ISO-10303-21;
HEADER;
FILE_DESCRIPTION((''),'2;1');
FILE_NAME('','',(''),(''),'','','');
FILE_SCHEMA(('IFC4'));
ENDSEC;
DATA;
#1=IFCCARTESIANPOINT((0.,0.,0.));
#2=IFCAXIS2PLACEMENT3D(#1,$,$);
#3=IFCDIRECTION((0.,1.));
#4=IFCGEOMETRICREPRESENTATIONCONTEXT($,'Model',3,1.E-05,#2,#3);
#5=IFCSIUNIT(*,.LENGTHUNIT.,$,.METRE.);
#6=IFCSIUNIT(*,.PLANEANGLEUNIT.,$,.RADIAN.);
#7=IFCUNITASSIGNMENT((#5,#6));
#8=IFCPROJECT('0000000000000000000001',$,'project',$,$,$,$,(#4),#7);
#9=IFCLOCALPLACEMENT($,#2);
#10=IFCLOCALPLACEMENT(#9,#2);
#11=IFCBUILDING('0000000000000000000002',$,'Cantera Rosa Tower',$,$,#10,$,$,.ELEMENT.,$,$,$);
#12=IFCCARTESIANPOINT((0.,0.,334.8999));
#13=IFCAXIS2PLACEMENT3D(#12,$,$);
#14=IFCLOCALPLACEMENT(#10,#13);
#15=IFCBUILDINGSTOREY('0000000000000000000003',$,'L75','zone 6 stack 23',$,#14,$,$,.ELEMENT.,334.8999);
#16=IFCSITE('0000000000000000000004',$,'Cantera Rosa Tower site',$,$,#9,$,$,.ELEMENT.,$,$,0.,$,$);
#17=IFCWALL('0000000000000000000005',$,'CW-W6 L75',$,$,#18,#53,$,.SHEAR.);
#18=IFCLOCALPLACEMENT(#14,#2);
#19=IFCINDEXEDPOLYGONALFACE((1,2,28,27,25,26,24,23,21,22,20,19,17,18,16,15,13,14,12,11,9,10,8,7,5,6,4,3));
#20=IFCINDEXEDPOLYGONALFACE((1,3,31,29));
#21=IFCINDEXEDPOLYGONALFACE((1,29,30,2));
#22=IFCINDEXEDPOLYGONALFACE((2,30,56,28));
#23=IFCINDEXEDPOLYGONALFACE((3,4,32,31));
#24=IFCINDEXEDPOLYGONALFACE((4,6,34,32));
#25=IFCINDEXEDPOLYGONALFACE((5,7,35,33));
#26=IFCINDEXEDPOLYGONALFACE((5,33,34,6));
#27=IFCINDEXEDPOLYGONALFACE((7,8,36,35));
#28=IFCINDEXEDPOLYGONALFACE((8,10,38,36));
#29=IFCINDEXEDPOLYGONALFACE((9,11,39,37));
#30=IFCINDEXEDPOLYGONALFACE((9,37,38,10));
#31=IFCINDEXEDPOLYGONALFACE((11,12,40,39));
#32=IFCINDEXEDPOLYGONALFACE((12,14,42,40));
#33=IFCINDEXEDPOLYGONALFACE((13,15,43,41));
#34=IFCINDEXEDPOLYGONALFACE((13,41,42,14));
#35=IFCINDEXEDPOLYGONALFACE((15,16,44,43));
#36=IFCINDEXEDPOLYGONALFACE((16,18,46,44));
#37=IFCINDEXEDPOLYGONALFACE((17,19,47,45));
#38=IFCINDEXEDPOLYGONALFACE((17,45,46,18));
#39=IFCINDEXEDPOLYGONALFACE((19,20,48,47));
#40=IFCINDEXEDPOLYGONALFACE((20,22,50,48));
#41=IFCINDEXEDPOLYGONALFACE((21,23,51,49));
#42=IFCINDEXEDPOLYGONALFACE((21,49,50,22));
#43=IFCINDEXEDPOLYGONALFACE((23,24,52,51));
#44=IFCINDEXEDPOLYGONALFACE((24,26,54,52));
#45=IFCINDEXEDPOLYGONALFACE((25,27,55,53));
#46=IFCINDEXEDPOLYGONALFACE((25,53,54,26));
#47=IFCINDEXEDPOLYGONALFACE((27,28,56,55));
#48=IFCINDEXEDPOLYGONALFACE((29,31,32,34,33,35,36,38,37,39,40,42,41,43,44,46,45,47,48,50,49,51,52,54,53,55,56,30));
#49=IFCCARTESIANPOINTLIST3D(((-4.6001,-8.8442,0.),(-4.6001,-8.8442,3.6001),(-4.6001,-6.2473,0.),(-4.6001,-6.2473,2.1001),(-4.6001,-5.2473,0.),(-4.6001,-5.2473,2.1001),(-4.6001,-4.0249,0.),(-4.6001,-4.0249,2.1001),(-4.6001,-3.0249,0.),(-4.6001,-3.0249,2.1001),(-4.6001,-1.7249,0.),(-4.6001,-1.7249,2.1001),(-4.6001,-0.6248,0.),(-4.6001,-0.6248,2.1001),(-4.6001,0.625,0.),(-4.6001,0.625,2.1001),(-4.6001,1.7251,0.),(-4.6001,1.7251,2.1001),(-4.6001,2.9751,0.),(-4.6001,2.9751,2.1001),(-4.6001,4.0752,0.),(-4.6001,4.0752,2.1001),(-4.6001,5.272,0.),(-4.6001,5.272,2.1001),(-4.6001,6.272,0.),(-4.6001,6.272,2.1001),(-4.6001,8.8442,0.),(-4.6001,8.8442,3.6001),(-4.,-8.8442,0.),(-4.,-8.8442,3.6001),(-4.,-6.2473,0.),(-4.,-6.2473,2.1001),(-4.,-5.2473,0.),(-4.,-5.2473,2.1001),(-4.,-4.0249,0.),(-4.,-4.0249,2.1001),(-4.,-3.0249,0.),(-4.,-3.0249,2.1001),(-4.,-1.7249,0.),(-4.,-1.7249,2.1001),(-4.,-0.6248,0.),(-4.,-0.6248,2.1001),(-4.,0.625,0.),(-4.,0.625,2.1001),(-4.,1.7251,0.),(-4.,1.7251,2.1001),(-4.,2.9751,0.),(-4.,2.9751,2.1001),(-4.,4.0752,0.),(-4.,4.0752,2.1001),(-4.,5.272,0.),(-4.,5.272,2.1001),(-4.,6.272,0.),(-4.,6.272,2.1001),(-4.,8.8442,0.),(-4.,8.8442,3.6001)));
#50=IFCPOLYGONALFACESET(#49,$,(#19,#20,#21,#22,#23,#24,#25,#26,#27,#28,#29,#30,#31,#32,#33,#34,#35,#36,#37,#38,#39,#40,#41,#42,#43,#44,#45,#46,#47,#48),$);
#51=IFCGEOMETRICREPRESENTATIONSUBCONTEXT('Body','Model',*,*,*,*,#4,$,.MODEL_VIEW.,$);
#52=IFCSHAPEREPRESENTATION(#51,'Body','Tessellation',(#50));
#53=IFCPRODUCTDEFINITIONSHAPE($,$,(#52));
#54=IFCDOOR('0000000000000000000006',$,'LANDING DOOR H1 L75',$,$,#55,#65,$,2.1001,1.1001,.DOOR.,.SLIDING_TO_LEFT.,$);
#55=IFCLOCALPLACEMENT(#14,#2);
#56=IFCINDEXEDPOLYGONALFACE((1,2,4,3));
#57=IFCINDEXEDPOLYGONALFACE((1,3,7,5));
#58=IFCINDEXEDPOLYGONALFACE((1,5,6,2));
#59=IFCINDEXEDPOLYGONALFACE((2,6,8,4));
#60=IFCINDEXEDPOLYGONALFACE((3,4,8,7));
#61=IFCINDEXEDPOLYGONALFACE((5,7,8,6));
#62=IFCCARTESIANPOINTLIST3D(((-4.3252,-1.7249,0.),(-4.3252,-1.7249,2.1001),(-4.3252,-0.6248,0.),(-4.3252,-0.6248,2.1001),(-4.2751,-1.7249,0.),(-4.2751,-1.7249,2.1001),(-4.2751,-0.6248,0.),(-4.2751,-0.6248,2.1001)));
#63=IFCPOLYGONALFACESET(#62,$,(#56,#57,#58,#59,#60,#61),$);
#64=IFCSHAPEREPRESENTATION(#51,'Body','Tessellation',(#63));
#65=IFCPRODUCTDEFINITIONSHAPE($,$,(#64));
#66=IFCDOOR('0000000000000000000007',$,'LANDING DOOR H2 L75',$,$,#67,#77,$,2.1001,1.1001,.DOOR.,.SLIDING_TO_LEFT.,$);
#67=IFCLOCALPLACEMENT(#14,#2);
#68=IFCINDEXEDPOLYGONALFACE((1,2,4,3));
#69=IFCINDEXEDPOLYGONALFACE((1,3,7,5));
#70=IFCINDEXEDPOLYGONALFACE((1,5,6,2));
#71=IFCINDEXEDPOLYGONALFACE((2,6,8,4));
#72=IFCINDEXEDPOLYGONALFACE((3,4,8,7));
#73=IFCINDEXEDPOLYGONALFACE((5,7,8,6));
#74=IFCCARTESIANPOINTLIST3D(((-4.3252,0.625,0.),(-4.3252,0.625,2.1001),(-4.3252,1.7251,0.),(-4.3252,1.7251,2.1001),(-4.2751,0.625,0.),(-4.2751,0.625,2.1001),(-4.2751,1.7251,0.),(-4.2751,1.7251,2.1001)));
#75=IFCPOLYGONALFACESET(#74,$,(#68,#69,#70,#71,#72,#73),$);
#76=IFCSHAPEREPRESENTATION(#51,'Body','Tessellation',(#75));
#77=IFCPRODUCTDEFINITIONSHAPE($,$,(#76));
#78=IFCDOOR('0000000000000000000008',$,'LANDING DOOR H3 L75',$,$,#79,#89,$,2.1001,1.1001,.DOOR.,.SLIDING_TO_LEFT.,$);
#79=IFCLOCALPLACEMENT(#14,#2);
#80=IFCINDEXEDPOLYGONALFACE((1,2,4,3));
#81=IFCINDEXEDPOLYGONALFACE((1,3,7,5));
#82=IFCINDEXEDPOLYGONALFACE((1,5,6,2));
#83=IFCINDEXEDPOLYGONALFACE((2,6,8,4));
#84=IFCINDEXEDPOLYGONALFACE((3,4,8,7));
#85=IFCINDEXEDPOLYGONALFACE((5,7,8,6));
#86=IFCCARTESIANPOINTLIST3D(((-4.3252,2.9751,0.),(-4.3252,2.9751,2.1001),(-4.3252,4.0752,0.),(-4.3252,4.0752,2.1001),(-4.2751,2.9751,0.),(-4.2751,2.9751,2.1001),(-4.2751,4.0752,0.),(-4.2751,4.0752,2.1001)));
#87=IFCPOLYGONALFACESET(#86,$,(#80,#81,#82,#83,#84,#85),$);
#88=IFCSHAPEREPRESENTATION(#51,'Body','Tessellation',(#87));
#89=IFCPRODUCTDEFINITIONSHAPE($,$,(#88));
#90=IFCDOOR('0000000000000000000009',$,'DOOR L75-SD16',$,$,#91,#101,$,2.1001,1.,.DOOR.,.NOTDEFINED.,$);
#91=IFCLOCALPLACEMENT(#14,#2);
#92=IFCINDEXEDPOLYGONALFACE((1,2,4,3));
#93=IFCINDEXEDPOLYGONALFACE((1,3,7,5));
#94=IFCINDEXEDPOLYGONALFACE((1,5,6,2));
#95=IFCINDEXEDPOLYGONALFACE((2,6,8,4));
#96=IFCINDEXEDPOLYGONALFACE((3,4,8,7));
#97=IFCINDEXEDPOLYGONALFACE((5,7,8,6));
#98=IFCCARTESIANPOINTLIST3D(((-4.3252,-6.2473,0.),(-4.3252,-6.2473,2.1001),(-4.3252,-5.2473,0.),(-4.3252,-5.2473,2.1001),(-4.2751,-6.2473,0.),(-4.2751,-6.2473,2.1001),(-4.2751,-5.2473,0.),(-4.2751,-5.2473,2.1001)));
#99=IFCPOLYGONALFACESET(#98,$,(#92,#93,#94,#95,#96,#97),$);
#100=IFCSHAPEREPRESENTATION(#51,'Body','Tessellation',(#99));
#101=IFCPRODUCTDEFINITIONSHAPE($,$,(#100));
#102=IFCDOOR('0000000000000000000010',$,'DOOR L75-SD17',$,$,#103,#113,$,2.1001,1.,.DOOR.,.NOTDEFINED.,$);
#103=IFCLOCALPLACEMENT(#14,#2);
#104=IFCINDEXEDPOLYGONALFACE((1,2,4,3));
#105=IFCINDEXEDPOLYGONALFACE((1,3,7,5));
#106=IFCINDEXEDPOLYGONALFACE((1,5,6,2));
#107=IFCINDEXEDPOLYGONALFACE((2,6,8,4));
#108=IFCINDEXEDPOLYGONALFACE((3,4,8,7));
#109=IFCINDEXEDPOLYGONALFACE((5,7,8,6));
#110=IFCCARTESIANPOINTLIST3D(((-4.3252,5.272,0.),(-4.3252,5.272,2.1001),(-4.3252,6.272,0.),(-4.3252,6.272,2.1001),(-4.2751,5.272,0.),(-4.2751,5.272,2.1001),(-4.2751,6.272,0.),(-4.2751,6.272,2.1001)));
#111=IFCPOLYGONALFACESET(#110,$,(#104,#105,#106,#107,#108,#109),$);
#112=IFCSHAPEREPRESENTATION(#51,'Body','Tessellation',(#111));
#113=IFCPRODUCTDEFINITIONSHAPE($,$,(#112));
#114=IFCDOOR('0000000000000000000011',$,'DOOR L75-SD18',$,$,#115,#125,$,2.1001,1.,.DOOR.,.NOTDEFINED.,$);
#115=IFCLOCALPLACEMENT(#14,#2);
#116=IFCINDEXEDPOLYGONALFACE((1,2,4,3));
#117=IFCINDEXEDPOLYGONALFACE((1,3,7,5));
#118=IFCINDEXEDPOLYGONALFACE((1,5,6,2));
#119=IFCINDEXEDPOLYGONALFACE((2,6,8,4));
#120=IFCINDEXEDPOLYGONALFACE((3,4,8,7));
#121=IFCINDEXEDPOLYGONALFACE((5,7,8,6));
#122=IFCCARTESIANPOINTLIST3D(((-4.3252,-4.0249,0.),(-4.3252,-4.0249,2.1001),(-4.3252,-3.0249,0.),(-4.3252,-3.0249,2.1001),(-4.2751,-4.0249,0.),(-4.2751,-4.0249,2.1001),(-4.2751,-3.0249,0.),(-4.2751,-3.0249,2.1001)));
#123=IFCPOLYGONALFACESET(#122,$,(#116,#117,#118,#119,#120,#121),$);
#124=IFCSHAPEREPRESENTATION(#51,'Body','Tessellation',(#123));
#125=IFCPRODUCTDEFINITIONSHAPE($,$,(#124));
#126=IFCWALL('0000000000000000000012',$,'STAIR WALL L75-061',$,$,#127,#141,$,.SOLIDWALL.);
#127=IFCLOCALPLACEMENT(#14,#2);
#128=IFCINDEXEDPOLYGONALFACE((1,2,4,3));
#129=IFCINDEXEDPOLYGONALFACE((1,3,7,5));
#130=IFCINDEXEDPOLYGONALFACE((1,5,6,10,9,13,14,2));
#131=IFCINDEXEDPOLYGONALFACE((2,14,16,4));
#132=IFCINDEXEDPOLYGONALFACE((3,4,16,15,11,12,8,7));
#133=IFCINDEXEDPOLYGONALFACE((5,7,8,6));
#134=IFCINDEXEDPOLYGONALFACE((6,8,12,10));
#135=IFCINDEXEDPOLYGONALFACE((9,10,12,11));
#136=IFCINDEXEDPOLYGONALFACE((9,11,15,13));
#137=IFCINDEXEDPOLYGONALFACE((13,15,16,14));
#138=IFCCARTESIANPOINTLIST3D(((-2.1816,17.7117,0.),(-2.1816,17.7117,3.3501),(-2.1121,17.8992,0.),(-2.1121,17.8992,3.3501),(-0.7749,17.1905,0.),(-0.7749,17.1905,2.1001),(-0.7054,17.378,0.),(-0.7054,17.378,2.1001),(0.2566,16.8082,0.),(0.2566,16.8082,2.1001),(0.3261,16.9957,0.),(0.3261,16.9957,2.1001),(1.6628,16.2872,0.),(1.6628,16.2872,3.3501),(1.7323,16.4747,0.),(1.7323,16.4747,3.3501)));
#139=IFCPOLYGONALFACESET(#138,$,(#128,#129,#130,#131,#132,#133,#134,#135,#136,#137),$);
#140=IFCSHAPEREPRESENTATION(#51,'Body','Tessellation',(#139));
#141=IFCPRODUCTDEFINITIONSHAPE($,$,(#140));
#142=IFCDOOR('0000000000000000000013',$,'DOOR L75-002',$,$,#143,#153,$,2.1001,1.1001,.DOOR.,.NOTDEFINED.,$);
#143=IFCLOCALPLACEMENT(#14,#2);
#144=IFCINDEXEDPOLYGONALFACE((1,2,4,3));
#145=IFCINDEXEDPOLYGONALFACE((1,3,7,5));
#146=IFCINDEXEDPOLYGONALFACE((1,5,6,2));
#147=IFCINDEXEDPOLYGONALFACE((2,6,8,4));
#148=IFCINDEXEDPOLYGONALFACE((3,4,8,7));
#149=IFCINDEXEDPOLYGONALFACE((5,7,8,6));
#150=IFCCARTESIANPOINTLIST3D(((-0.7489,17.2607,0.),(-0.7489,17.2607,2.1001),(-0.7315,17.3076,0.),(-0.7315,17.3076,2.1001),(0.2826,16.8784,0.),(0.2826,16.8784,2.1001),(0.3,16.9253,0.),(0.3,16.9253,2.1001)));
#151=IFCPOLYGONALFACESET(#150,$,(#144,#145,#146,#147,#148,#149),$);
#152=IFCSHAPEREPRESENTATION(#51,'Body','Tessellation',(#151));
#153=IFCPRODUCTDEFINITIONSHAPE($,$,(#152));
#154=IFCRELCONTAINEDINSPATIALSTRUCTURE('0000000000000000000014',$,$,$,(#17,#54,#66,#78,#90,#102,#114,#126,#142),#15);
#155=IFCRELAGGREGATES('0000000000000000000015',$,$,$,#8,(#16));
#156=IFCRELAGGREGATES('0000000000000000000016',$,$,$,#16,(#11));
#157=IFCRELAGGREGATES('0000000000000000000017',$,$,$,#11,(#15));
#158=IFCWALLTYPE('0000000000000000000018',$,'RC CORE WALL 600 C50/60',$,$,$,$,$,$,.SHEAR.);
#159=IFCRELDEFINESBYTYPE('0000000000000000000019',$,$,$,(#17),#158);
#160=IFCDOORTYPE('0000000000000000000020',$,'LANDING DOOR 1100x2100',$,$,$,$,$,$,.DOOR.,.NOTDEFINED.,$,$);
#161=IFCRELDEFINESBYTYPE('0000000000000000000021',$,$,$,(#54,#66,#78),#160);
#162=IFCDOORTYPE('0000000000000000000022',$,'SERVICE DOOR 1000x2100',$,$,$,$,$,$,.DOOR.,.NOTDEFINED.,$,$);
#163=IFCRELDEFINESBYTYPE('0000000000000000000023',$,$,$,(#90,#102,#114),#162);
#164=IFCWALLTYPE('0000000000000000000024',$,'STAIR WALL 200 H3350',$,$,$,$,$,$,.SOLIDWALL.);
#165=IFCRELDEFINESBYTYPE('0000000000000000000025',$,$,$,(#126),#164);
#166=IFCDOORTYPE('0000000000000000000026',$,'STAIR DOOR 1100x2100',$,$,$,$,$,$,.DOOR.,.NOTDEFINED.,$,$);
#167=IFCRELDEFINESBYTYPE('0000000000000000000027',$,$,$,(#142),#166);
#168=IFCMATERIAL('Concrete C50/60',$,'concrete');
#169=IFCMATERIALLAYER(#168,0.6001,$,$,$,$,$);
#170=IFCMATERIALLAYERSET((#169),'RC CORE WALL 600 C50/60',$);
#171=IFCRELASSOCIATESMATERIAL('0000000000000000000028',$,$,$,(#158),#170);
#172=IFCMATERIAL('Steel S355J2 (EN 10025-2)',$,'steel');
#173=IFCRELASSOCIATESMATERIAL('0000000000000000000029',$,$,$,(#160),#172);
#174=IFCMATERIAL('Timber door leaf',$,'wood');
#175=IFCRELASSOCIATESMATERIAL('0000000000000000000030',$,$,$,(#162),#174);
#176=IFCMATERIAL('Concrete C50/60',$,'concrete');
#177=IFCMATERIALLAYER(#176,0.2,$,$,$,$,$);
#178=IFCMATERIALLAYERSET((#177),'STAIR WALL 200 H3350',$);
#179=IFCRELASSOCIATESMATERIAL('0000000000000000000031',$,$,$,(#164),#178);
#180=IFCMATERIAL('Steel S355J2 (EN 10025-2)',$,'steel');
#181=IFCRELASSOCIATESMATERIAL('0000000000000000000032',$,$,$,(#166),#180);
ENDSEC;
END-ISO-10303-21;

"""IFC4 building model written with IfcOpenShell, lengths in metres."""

from ifc_helpers import new_model, si_unit, direction, frame, frame_2d, origin, place, context, subcontext, project, spatial, rectangle, extrude, material, layer, layer_set, type_object, element, fill, save


model = new_model("IFC4")

# Units and contexts
model_context = context("Model", 3, precision=1e-05, world=origin(), true_north=direction((0.0, 1.0)))
body_context = subcontext(model_context, "Body", "Model", "MODEL_VIEW")
ifc_project = project(units=[si_unit("LENGTHUNIT", "METRE"), si_unit("PLANEANGLEUNIT", "RADIAN")], contexts=[model_context])

# Site, building, storey
site_placement = place(None, origin())
site = spatial("IfcSite", under=ifc_project, at=site_placement, Name="Cantera Rosa Tower site", CompositionType="ELEMENT", RefElevation=0.0)
building_placement = place(site_placement, origin())
building = spatial("IfcBuilding", under=site, at=building_placement, Name="Cantera Rosa Tower", CompositionType="ELEMENT")
storey_placement = place(building_placement, frame((0.0, 0.0, 334.8999)))
storey = spatial("IfcBuildingStorey", under=building, at=storey_placement, Name="L75", Description="zone 6 stack 23", CompositionType="ELEMENT", Elevation=334.8999)

# Wall, openings, doors
ifc_material_1 = material(Name="Concrete C50/60", Category="concrete")
ifc_layer_1 = layer(ifc_material_1, 0.6001)
ifc_layer_set_1 = layer_set([ifc_layer_1], Name="RC CORE WALL 600 C50/60")
wall_type_1 = type_object("IfcWallType", Name="RC CORE WALL 600 C50/60", PredefinedType="SHEAR", material=ifc_layer_set_1)
wall_1_placement = place(storey_placement, frame((-4.3, 8.8442, 0.0), z_axis=(0.0, 0.0, 1.0), x_axis=(0.0, -1.0, 0.0)))
wall_1 = element("IfcWall", 1, at=wall_1_placement, inside=storey, type_object=wall_type_1, Name="CW-W6 L75", PredefinedType="SHEAR", context=body_context, shape_type="SweptSolid", body=[
    extrude(rectangle(XDim=17.6885, YDim=0.6001, at=frame_2d((8.8442, 0.0))), origin(), (0.0, 0.0, 1.0), 3.6001),
])
opening_1_placement = place(wall_1_placement, frame((9.469, 0.0, 0.0)))
opening_1 = element("IfcOpeningElement", 2, at=opening_1_placement, cuts=wall_1, PredefinedType="OPENING", context=body_context, shape_type="SweptSolid", body=[
    extrude(rectangle(XDim=1.1001, YDim=2.1001, at=frame_2d((0.55, 1.05))), frame((0.0, 0.3101, 0.0), z_axis=(0.0, -1.0, 0.0), x_axis=(1.0, 0.0, 0.0)), (0.0, 0.0, 1.0), 0.6201),
])
opening_2_placement = place(wall_1_placement, frame((7.1191, 0.0, 0.0)))
opening_2 = element("IfcOpeningElement", 3, at=opening_2_placement, cuts=wall_1, PredefinedType="OPENING", context=body_context, shape_type="SweptSolid", body=[
    extrude(rectangle(XDim=1.1001, YDim=2.1001, at=frame_2d((0.55, 1.05))), frame((0.0, 0.3101, 0.0), z_axis=(0.0, -1.0, 0.0), x_axis=(1.0, 0.0, 0.0)), (0.0, 0.0, 1.0), 0.6201),
])
opening_3_placement = place(wall_1_placement, frame((4.769, 0.0, 0.0)))
opening_3 = element("IfcOpeningElement", 4, at=opening_3_placement, cuts=wall_1, PredefinedType="OPENING", context=body_context, shape_type="SweptSolid", body=[
    extrude(rectangle(XDim=1.1001, YDim=2.1001, at=frame_2d((0.55, 1.05))), frame((0.0, 0.3101, 0.0), z_axis=(0.0, -1.0, 0.0), x_axis=(1.0, 0.0, 0.0)), (0.0, 0.0, 1.0), 0.6201),
])
opening_4_placement = place(wall_1_placement, frame((14.0916, 0.0, 0.0)))
opening_4 = element("IfcOpeningElement", 5, at=opening_4_placement, cuts=wall_1, PredefinedType="OPENING", context=body_context, shape_type="SweptSolid", body=[
    extrude(rectangle(XDim=1.0, YDim=2.1001, at=frame_2d((0.5, 1.05))), frame((0.0, 0.3101, 0.0), z_axis=(0.0, -1.0, 0.0), x_axis=(1.0, 0.0, 0.0)), (0.0, 0.0, 1.0), 0.6201),
])
opening_5_placement = place(wall_1_placement, frame((2.5723, 0.0, 0.0)))
opening_5 = element("IfcOpeningElement", 6, at=opening_5_placement, cuts=wall_1, PredefinedType="OPENING", context=body_context, shape_type="SweptSolid", body=[
    extrude(rectangle(XDim=1.0, YDim=2.1001, at=frame_2d((0.5, 1.05))), frame((0.0, 0.3101, 0.0), z_axis=(0.0, -1.0, 0.0), x_axis=(1.0, 0.0, 0.0)), (0.0, 0.0, 1.0), 0.6201),
])
opening_6_placement = place(wall_1_placement, frame((11.8691, 0.0, 0.0)))
opening_6 = element("IfcOpeningElement", 7, at=opening_6_placement, cuts=wall_1, PredefinedType="OPENING", context=body_context, shape_type="SweptSolid", body=[
    extrude(rectangle(XDim=1.0, YDim=2.1001, at=frame_2d((0.5, 1.05))), frame((0.0, 0.3101, 0.0), z_axis=(0.0, -1.0, 0.0), x_axis=(1.0, 0.0, 0.0)), (0.0, 0.0, 1.0), 0.6201),
])
ifc_material_2 = material(Name="Steel S355J2 (EN 10025-2)", Category="steel")
door_type_1 = type_object("IfcDoorType", Name="LANDING DOOR 1100x2100", OperationType="NOTDEFINED", PredefinedType="DOOR", material=ifc_material_2)
door_1_placement = place(opening_1_placement, origin())
door_1 = element("IfcDoor", 8, at=door_1_placement, inside=storey, type_object=door_type_1, Name="LANDING DOOR H1 L75", OperationType="SLIDING_TO_LEFT", OverallHeight=2.1001, OverallWidth=1.1001, PredefinedType="DOOR", context=body_context, shape_type="SweptSolid", body=[
    extrude(rectangle(XDim=1.1001, YDim=2.1001, at=frame_2d((0.55, 1.05))), frame((0.0, 0.0249, 0.0), z_axis=(0.0, -1.0, 0.0), x_axis=(1.0, 0.0, 0.0)), (0.0, 0.0, 1.0), 0.05),
])
fill(opening_1, door_1)
door_2_placement = place(opening_2_placement, origin())
door_2 = element("IfcDoor", 9, at=door_2_placement, inside=storey, type_object=door_type_1, Name="LANDING DOOR H2 L75", OperationType="SLIDING_TO_LEFT", OverallHeight=2.1001, OverallWidth=1.1001, PredefinedType="DOOR", context=body_context, shape_type="SweptSolid", body=[
    extrude(rectangle(XDim=1.1001, YDim=2.1001, at=frame_2d((0.55, 1.05))), frame((0.0, 0.0249, 0.0), z_axis=(0.0, -1.0, 0.0), x_axis=(1.0, 0.0, 0.0)), (0.0, 0.0, 1.0), 0.05),
])
fill(opening_2, door_2)
door_3_placement = place(opening_3_placement, origin())
door_3 = element("IfcDoor", 10, at=door_3_placement, inside=storey, type_object=door_type_1, Name="LANDING DOOR H3 L75", OperationType="SLIDING_TO_LEFT", OverallHeight=2.1001, OverallWidth=1.1001, PredefinedType="DOOR", context=body_context, shape_type="SweptSolid", body=[
    extrude(rectangle(XDim=1.1001, YDim=2.1001, at=frame_2d((0.55, 1.05))), frame((0.0, 0.0249, 0.0), z_axis=(0.0, -1.0, 0.0), x_axis=(1.0, 0.0, 0.0)), (0.0, 0.0, 1.0), 0.05),
])
fill(opening_3, door_3)
ifc_material_3 = material(Name="Timber door leaf", Category="wood")
door_type_2 = type_object("IfcDoorType", Name="SERVICE DOOR 1000x2100", OperationType="NOTDEFINED", PredefinedType="DOOR", material=ifc_material_3)
door_4_placement = place(opening_4_placement, origin())
door_4 = element("IfcDoor", 11, at=door_4_placement, inside=storey, type_object=door_type_2, Name="DOOR L75-SD16", OperationType="NOTDEFINED", OverallHeight=2.1001, OverallWidth=1.0, PredefinedType="DOOR", context=body_context, shape_type="SweptSolid", body=[
    extrude(rectangle(XDim=1.0, YDim=2.1001, at=frame_2d((0.5, 1.05))), frame((0.0, 0.0249, 0.0), z_axis=(0.0, -1.0, 0.0), x_axis=(1.0, 0.0, 0.0)), (0.0, 0.0, 1.0), 0.05),
])
fill(opening_4, door_4)
door_5_placement = place(opening_5_placement, origin())
door_5 = element("IfcDoor", 12, at=door_5_placement, inside=storey, type_object=door_type_2, Name="DOOR L75-SD17", OperationType="NOTDEFINED", OverallHeight=2.1001, OverallWidth=1.0, PredefinedType="DOOR", context=body_context, shape_type="SweptSolid", body=[
    extrude(rectangle(XDim=1.0, YDim=2.1001, at=frame_2d((0.5, 1.05))), frame((0.0, 0.0249, 0.0), z_axis=(0.0, -1.0, 0.0), x_axis=(1.0, 0.0, 0.0)), (0.0, 0.0, 1.0), 0.05),
])
fill(opening_5, door_5)
door_6_placement = place(opening_6_placement, origin())
door_6 = element("IfcDoor", 13, at=door_6_placement, inside=storey, type_object=door_type_2, Name="DOOR L75-SD18", OperationType="NOTDEFINED", OverallHeight=2.1001, OverallWidth=1.0, PredefinedType="DOOR", context=body_context, shape_type="SweptSolid", body=[
    extrude(rectangle(XDim=1.0, YDim=2.1001, at=frame_2d((0.5, 1.05))), frame((0.0, 0.0249, 0.0), z_axis=(0.0, -1.0, 0.0), x_axis=(1.0, 0.0, 0.0)), (0.0, 0.0, 1.0), 0.05),
])
fill(opening_6, door_6)

# Wall, opening, door
ifc_material_4 = material(Name="Concrete C50/60", Category="concrete")
ifc_layer_2 = layer(ifc_material_4, 0.2)
ifc_layer_set_2 = layer_set([ifc_layer_2], Name="STAIR WALL 200 H3350")
wall_type_2 = type_object("IfcWallType", Name="STAIR WALL 200 H3350", PredefinedType="SOLIDWALL", material=ifc_layer_set_2)
wall_2_placement = place(storey_placement, frame((-2.1467, 17.8054, 0.0), z_axis=(0.0, 0.0, 1.0), x_axis=(0.937695, -0.34746, 0.0)))
wall_2 = element("IfcWall", 14, at=wall_2_placement, inside=storey, type_object=wall_type_2, Name="STAIR WALL L75-061", PredefinedType="SOLIDWALL", context=body_context, shape_type="SweptSolid", body=[
    extrude(rectangle(XDim=4.0999, YDim=0.2, at=frame_2d((2.0498, 0.0))), origin(), (0.0, 0.0, 1.0), 3.3501),
])
opening_7_placement = place(wall_2_placement, frame((1.5, 0.0, 0.0)))
opening_7 = element("IfcOpeningElement", 15, at=opening_7_placement, cuts=wall_2, PredefinedType="OPENING", context=body_context, shape_type="SweptSolid", body=[
    extrude(rectangle(XDim=1.1001, YDim=2.1001, at=frame_2d((0.55, 1.05))), frame((0.0, 0.1099, 0.0), z_axis=(0.0, -1.0, 0.0), x_axis=(1.0, 0.0, 0.0)), (0.0, 0.0, 1.0), 0.22),
])
ifc_material_5 = material(Name="Steel S355J2 (EN 10025-2)", Category="steel")
door_type_3 = type_object("IfcDoorType", Name="STAIR DOOR 1100x2100", OperationType="NOTDEFINED", PredefinedType="DOOR", material=ifc_material_5)
door_7_placement = place(opening_7_placement, origin())
door_7 = element("IfcDoor", 16, at=door_7_placement, inside=storey, type_object=door_type_3, Name="DOOR L75-002", OperationType="NOTDEFINED", OverallHeight=2.1001, OverallWidth=1.1001, PredefinedType="DOOR", context=body_context, shape_type="SweptSolid", body=[
    extrude(rectangle(XDim=1.1001, YDim=2.1001, at=frame_2d((0.55, 1.05))), frame((0.0, 0.0249, 0.0), z_axis=(0.0, -1.0, 0.0), x_axis=(1.0, 0.0, 0.0)), (0.0, 0.0, 1.0), 0.05),
])
fill(opening_7, door_7)

save(model, "model.ifc")
